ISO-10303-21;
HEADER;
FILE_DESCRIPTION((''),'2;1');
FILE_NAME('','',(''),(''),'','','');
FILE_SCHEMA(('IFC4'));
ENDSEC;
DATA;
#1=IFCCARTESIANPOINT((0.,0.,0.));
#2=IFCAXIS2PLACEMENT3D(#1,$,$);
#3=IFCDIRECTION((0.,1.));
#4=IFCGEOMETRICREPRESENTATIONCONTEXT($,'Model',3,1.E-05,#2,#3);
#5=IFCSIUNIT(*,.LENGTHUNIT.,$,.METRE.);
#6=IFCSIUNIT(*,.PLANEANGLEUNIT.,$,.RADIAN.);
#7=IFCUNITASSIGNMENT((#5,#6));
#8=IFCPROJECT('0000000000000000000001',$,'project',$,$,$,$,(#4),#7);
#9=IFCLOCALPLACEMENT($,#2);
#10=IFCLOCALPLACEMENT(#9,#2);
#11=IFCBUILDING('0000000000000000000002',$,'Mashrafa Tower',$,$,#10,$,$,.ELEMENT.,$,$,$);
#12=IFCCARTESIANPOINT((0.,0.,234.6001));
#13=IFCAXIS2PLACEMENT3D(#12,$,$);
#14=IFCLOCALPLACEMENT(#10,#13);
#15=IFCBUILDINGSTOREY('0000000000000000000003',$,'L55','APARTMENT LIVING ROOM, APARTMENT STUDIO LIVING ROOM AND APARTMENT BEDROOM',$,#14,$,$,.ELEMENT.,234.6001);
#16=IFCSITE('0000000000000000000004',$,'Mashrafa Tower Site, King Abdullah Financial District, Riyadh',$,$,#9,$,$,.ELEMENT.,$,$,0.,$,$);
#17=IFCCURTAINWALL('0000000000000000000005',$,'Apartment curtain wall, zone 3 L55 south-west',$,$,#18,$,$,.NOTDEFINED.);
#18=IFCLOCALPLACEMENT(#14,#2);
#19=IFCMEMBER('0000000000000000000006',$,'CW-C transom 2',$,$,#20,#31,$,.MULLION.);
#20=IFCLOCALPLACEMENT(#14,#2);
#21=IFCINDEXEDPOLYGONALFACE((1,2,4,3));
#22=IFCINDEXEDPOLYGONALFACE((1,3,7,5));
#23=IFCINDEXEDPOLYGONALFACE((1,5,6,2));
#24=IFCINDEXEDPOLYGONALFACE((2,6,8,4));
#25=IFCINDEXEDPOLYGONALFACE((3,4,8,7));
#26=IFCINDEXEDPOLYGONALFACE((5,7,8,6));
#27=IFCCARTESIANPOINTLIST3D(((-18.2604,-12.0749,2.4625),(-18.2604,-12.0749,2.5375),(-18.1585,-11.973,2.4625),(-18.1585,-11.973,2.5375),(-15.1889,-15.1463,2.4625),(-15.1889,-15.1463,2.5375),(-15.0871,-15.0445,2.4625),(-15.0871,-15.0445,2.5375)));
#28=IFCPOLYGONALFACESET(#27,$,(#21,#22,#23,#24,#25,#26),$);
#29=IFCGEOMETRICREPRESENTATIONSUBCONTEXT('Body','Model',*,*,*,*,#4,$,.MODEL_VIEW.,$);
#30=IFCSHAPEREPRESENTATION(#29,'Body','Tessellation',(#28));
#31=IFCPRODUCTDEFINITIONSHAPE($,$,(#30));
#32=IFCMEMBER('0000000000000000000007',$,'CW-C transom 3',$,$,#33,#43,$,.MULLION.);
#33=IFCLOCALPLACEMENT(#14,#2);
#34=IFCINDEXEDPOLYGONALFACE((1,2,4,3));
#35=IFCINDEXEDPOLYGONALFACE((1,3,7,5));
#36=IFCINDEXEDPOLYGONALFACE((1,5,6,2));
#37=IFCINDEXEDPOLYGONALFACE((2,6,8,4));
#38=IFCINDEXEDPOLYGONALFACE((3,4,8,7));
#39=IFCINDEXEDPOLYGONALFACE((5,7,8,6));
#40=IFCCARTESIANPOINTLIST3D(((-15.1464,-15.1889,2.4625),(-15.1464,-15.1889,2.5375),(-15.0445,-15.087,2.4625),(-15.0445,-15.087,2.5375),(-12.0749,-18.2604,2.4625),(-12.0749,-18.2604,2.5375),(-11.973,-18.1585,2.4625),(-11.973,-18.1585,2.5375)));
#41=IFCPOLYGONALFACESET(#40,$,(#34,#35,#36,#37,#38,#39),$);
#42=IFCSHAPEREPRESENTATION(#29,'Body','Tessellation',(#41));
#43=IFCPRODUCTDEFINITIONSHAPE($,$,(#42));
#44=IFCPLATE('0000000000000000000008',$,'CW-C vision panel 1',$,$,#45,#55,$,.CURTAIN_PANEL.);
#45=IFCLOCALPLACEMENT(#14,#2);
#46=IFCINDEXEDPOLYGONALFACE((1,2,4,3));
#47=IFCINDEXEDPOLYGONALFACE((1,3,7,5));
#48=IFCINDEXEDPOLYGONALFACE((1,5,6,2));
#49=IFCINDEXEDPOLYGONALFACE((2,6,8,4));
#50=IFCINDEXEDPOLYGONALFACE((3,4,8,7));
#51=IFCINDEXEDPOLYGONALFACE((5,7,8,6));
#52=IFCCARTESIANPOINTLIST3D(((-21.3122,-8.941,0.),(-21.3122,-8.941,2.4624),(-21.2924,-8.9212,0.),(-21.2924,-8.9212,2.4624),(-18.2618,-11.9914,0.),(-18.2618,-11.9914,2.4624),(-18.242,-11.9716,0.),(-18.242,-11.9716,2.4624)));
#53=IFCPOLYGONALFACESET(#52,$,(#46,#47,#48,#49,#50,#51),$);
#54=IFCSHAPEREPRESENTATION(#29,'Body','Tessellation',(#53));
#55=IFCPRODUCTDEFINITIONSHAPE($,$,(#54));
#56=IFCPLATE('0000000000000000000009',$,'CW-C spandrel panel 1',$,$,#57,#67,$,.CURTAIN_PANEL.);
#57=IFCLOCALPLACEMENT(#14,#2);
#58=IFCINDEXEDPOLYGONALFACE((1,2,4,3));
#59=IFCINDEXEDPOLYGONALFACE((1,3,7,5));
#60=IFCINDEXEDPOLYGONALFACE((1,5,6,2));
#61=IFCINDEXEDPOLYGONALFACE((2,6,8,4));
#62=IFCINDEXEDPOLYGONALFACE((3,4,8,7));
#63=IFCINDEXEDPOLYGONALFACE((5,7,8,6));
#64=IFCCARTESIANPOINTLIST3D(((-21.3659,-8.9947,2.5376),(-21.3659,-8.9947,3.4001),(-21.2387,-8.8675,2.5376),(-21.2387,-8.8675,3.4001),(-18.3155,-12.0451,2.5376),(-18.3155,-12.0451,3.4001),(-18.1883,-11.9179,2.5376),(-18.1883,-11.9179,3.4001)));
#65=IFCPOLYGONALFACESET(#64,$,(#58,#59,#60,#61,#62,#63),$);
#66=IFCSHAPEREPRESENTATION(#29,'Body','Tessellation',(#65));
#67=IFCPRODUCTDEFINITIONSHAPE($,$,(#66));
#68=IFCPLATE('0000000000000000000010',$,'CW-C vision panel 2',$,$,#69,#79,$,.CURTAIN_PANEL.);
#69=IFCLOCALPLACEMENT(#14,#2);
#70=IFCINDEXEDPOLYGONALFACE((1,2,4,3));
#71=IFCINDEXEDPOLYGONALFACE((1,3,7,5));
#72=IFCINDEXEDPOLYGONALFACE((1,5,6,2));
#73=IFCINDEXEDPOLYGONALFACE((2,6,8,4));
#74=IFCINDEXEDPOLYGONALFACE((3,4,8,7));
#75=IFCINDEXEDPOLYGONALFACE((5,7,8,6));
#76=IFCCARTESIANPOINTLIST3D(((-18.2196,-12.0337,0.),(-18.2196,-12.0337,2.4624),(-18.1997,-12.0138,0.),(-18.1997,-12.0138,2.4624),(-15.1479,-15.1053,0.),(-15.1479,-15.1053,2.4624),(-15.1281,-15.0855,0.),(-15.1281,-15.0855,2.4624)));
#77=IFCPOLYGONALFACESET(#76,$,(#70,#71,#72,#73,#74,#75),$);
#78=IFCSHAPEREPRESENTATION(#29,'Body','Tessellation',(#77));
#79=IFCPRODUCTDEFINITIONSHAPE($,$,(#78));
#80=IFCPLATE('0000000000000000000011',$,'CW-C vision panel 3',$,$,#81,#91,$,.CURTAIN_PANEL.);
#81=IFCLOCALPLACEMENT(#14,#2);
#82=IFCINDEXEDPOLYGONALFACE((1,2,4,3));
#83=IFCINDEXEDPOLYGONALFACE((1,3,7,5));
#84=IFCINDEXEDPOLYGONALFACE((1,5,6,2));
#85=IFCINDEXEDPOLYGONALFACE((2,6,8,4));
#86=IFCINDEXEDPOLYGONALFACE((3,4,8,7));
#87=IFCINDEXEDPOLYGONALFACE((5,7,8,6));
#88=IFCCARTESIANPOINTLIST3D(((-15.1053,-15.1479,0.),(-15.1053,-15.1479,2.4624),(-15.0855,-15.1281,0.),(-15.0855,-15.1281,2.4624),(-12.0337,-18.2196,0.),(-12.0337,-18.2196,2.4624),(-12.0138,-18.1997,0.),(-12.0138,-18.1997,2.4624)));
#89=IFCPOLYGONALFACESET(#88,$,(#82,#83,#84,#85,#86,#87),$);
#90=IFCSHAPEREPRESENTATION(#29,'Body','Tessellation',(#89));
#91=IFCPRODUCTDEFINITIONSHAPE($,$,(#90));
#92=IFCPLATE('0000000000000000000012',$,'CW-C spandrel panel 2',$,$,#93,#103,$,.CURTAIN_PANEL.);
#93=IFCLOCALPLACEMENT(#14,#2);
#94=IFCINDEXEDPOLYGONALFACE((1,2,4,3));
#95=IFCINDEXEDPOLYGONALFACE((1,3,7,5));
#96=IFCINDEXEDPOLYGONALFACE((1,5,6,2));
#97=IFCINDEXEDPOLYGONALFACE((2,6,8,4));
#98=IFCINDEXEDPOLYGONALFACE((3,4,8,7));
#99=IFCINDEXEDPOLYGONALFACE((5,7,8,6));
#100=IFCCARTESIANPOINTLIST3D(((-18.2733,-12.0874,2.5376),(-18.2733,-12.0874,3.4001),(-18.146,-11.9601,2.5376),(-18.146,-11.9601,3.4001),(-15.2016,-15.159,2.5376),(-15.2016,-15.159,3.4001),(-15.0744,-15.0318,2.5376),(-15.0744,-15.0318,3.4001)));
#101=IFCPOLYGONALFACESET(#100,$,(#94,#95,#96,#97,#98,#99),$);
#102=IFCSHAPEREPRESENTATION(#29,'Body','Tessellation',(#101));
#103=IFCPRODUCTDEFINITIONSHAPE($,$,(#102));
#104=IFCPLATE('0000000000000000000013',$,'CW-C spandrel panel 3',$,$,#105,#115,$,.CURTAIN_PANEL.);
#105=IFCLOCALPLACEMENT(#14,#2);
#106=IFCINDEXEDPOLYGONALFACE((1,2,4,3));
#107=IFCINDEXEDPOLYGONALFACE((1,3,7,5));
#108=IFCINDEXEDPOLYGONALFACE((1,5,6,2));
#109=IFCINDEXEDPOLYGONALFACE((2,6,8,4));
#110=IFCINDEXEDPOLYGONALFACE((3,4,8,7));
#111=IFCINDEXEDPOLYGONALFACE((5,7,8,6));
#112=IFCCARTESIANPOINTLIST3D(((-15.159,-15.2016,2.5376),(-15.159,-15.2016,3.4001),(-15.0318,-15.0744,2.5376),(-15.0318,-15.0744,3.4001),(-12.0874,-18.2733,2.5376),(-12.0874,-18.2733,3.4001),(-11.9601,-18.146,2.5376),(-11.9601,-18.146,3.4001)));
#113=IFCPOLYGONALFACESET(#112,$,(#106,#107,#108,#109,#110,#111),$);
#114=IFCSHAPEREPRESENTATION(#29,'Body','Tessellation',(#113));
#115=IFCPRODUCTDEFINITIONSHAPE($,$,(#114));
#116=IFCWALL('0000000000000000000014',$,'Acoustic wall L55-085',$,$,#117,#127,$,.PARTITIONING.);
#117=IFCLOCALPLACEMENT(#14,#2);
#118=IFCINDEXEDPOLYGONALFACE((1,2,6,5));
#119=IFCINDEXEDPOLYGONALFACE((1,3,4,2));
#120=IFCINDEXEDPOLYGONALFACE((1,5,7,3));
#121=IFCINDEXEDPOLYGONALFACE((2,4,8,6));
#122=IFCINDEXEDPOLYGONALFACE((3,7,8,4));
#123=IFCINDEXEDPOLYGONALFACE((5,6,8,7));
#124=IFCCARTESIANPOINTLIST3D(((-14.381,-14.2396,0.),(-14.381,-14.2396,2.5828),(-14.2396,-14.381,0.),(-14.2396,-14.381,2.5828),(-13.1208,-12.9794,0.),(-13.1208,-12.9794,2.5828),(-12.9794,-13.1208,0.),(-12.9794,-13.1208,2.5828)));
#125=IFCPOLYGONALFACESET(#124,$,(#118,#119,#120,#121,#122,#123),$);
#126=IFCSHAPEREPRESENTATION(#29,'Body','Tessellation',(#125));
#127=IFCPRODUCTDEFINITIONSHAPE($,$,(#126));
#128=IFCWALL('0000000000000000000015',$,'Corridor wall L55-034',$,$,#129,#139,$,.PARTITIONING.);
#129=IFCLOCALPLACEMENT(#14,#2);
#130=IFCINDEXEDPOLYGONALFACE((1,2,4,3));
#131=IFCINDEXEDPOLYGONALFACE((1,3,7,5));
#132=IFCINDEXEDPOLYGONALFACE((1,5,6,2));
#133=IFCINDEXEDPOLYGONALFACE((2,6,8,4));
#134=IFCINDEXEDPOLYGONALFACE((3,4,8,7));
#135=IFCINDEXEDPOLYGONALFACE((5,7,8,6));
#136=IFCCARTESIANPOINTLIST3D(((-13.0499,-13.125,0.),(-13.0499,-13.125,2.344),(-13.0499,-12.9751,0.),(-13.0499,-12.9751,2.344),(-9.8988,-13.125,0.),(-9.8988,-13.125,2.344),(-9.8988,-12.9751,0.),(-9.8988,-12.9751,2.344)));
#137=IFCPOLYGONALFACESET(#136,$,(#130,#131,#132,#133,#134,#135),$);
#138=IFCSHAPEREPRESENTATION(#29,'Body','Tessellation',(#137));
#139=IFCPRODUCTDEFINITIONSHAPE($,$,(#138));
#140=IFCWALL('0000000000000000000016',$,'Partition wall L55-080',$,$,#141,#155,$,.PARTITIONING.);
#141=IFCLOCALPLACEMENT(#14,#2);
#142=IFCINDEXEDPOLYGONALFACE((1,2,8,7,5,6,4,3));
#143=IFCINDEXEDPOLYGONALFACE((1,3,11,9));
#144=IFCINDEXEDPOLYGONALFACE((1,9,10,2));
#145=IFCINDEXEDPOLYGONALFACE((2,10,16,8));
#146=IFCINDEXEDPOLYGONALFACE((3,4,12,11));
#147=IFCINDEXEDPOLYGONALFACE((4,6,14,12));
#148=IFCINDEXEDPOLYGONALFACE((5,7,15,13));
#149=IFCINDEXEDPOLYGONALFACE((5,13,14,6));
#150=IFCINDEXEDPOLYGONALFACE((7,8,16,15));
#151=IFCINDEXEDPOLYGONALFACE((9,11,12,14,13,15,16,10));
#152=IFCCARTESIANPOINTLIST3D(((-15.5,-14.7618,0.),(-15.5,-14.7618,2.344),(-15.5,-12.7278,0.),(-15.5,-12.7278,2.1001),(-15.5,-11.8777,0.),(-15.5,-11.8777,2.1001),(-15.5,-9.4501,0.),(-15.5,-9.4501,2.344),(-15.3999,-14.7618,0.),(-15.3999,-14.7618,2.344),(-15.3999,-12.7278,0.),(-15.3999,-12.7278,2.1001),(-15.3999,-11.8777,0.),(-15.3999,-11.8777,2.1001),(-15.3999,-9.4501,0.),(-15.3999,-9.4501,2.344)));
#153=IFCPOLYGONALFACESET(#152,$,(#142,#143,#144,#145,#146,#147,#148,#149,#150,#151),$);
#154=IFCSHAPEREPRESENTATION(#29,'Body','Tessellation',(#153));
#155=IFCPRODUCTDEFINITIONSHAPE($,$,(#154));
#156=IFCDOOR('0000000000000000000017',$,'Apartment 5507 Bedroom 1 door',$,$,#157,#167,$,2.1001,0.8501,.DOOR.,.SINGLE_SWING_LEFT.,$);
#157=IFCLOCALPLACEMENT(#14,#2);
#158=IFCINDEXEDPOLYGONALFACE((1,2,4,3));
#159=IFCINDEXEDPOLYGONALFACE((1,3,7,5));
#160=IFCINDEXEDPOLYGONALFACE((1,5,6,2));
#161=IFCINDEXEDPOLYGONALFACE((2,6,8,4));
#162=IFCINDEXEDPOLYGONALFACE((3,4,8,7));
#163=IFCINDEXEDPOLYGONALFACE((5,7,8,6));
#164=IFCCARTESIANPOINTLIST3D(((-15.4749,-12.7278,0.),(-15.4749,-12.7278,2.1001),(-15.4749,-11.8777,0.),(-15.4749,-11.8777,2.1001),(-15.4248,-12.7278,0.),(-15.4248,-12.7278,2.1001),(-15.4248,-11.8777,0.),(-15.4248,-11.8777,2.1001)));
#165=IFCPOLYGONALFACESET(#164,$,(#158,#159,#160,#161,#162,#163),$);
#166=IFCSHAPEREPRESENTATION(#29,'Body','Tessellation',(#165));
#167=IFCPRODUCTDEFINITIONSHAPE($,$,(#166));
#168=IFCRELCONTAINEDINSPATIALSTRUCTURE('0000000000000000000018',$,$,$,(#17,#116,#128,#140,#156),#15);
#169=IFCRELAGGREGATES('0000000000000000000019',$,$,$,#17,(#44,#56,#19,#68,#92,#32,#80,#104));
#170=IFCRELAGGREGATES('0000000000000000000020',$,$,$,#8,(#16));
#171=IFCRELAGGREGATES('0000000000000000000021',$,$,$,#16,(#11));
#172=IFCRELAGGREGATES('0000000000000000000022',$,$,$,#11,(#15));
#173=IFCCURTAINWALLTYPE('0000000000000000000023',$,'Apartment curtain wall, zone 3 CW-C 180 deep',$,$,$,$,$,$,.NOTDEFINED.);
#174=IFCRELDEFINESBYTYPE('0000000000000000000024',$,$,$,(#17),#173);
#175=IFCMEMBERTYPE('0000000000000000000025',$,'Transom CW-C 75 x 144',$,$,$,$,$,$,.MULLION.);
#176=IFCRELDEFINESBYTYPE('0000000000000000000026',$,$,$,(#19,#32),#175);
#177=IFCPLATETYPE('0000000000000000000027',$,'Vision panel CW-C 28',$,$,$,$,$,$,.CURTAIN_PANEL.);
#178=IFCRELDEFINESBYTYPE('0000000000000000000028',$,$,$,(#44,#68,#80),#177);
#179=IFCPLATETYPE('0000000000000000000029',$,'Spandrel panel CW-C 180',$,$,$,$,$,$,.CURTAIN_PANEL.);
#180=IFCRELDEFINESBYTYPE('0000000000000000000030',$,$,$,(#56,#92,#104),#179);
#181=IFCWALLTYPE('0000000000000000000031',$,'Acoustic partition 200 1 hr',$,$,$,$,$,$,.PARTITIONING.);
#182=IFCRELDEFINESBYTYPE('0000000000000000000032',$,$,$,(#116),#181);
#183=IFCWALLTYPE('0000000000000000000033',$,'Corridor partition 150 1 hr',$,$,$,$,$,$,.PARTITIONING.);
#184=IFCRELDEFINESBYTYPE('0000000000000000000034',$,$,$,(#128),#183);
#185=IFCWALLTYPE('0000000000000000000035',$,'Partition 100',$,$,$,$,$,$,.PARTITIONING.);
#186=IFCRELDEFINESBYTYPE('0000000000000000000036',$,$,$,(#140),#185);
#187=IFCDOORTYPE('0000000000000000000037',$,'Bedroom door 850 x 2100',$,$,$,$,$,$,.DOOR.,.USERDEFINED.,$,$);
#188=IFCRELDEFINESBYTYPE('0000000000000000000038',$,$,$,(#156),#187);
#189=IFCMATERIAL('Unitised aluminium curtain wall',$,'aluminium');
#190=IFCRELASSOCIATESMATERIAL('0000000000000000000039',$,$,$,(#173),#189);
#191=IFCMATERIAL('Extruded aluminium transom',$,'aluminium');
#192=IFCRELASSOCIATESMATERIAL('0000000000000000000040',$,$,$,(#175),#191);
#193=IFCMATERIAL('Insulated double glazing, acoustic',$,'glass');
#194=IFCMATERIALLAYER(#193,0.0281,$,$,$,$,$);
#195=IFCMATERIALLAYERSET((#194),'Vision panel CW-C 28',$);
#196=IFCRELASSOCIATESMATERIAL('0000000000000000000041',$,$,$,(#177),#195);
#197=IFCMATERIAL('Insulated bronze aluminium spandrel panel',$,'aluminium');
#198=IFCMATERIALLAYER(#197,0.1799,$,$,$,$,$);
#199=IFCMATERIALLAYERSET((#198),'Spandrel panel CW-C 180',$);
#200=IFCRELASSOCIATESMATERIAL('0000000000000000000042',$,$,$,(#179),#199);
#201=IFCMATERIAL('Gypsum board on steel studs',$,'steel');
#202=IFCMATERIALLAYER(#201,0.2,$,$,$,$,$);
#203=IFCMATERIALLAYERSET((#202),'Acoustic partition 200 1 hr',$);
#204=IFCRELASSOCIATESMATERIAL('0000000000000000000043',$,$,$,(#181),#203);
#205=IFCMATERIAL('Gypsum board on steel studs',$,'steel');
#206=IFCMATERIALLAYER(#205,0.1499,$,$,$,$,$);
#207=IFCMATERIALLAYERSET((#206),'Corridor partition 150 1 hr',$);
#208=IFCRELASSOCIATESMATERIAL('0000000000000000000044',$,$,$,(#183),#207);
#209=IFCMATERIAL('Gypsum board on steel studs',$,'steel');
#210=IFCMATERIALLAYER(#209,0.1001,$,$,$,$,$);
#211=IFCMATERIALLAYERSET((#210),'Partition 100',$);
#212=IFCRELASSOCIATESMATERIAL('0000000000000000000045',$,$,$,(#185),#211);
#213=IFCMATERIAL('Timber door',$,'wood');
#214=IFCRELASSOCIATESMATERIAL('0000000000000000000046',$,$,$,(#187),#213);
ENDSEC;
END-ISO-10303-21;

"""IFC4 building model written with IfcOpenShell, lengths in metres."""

from ifc_helpers import new_model, si_unit, direction, frame, frame_2d, origin, origin_2d, place, context, subcontext, project, spatial, rectangle, extrude, source, transform, mapped, material, layer, layer_set, material_profile, profile_set, type_object, type_shapes, element, fill, aggregate, save


model = new_model("IFC4")

# Units and contexts
model_context = context("Model", 3, precision=1e-05, world=origin(), true_north=direction((0.0, 1.0)))
body_context = subcontext(model_context, "Body", "Model", "MODEL_VIEW")
ifc_project = project(units=[si_unit("LENGTHUNIT", "METRE"), si_unit("PLANEANGLEUNIT", "RADIAN")], contexts=[model_context])

# Site, building, storey
site_placement = place(None, origin())
site = spatial("IfcSite", under=ifc_project, at=site_placement, Name="Mashrafa Tower Site, King Abdullah Financial District, Riyadh", CompositionType="ELEMENT", RefElevation=0.0)
building_placement = place(site_placement, origin())
building = spatial("IfcBuilding", under=site, at=building_placement, Name="Mashrafa Tower", CompositionType="ELEMENT")
storey_placement = place(building_placement, frame((0.0, 0.0, 234.6001)))
storey = spatial("IfcBuildingStorey", under=building, at=storey_placement, Name="L55", Description="APARTMENT LIVING ROOM, APARTMENT STUDIO LIVING ROOM AND APARTMENT BEDROOM", CompositionType="ELEMENT", Elevation=234.6001)

# Shared definitions
ifc_material_1 = material(Name="Unitised aluminium curtain wall", Category="aluminium")
curtain_wall_type = type_object("IfcCurtainWallType", Name="Apartment curtain wall, zone 3 CW-C 180 deep", PredefinedType="NOTDEFINED", material=ifc_material_1)

# Curtain wall, members, plates
curtain_wall_1_placement = place(storey_placement, origin())
curtain_wall_1 = element("IfcCurtainWall", 1, at=curtain_wall_1_placement, inside=storey, type_object=curtain_wall_type, Name="Apartment curtain wall, zone 3 L55 south-west", PredefinedType="NOTDEFINED")
ifc_material_2 = material(Name="Extruded aluminium transom", Category="aluminium")
ifc_material_profile_1 = material_profile(ifc_material_2, rectangle(XDim=0.144, YDim=0.075, at=origin_2d()), Name="Transom 75x144")
ifc_profile_set_1 = profile_set([ifc_material_profile_1], Name="Extruded aluminium transom")
member_type_1 = type_object("IfcMemberType", Name="Transom CW-C 75 x 144", PredefinedType="MULLION", material=ifc_profile_set_1)
shared_shape_1 = source(origin(), body_context, "Body", "SweptSolid", [
    extrude(rectangle(XDim=0.144, YDim=0.075, at=origin_2d()), origin(), (0.0, 0.0, 1.0), 4.3438),
])
member_1_placement = place(storey_placement, frame((-18.2095, -12.0239, 2.5), z_axis=(0.707107, -0.707107, 0.0), x_axis=(0.707107, 0.707107, 0.0)))
member_1 = element("IfcMember", 2, at=member_1_placement, type_object=member_type_1, Name="CW-C transom 2", PredefinedType="MULLION", context=body_context, shape_type="MappedRepresentation", body=[
    mapped(shared_shape_1, transform((0.0, 0.0, 0.0))),
])
member_2_placement = place(storey_placement, frame((-15.0955, -15.1379, 2.5), z_axis=(0.707107, -0.707107, 0.0), x_axis=(0.707107, 0.707107, 0.0)))
member_2 = element("IfcMember", 3, at=member_2_placement, type_object=member_type_1, Name="CW-C transom 3", PredefinedType="MULLION", context=body_context, shape_type="MappedRepresentation", body=[
    mapped(shared_shape_1, transform((0.0, 0.0, 0.0))),
])
ifc_material_3 = material(Name="Insulated double glazing, acoustic", Category="glass")
ifc_layer_1 = layer(ifc_material_3, 0.0281)
ifc_layer_set_1 = layer_set([ifc_layer_1], Name="Vision panel CW-C 28")
plate_type_1 = type_object("IfcPlateType", Name="Vision panel CW-C 28", PredefinedType="CURTAIN_PANEL", material=ifc_layer_set_1)
shared_shape_2 = source(origin(), body_context, "Body", "SweptSolid", [
    extrude(rectangle(XDim=4.314, YDim=0.0281, at=origin_2d()), origin(), (0.0, 0.0, 1.0), 2.4624),
])
plate_1_placement = place(storey_placement, frame((-19.7771, -10.4563, 0.0), z_axis=(0.0, 0.0, 1.0), x_axis=(0.707107, -0.707107, 0.0)))
plate_1 = element("IfcPlate", 4, at=plate_1_placement, type_object=plate_type_1, Name="CW-C vision panel 1", PredefinedType="CURTAIN_PANEL", context=body_context, shape_type="MappedRepresentation", body=[
    mapped(shared_shape_2, transform((0.0, 0.0, 0.0))),
])
ifc_material_4 = material(Name="Insulated bronze aluminium spandrel panel", Category="aluminium")
ifc_layer_2 = layer(ifc_material_4, 0.1799)
ifc_layer_set_2 = layer_set([ifc_layer_2], Name="Spandrel panel CW-C 180")
plate_type_2 = type_object("IfcPlateType", Name="Spandrel panel CW-C 180", PredefinedType="CURTAIN_PANEL", material=ifc_layer_set_2)
shared_shape_3 = source(origin(), body_context, "Body", "SweptSolid", [
    extrude(rectangle(XDim=4.314, YDim=0.1799, at=origin_2d()), origin(), (0.0, 0.0, 1.0), 0.8625),
])
plate_2_placement = place(storey_placement, frame((-19.7771, -10.4563, 2.5376), z_axis=(0.0, 0.0, 1.0), x_axis=(0.707107, -0.707107, 0.0)))
plate_2 = element("IfcPlate", 5, at=plate_2_placement, type_object=plate_type_2, Name="CW-C spandrel panel 1", PredefinedType="CURTAIN_PANEL", context=body_context, shape_type="MappedRepresentation", body=[
    mapped(shared_shape_3, transform((0.0, 0.0, 0.0))),
])
shared_shape_4 = source(origin(), body_context, "Body", "SweptSolid", [
    extrude(rectangle(XDim=4.344, YDim=0.0281, at=origin_2d()), origin(), (0.0, 0.0, 1.0), 2.4624),
])
type_shapes(plate_type_1, [shared_shape_2, shared_shape_4])
plate_3_placement = place(storey_placement, frame((-16.6738, -13.5596, 0.0), z_axis=(0.0, 0.0, 1.0), x_axis=(0.707107, -0.707107, 0.0)))
plate_3 = element("IfcPlate", 6, at=plate_3_placement, type_object=plate_type_1, Name="CW-C vision panel 2", PredefinedType="CURTAIN_PANEL", context=body_context, shape_type="MappedRepresentation", body=[
    mapped(shared_shape_4, transform((0.0, 0.0, 0.0))),
])
plate_4_placement = place(storey_placement, frame((-13.5596, -16.6738, 0.0), z_axis=(0.0, 0.0, 1.0), x_axis=(0.707107, -0.707107, 0.0)))
plate_4 = element("IfcPlate", 7, at=plate_4_placement, type_object=plate_type_1, Name="CW-C vision panel 3", PredefinedType="CURTAIN_PANEL", context=body_context, shape_type="MappedRepresentation", body=[
    mapped(shared_shape_4, transform((0.0, 0.0, 0.0))),
])
shared_shape_5 = source(origin(), body_context, "Body", "SweptSolid", [
    extrude(rectangle(XDim=4.344, YDim=0.1799, at=origin_2d()), origin(), (0.0, 0.0, 1.0), 0.8625),
])
type_shapes(plate_type_2, [shared_shape_3, shared_shape_5])
plate_5_placement = place(storey_placement, frame((-16.6738, -13.5596, 2.5376), z_axis=(0.0, 0.0, 1.0), x_axis=(0.707107, -0.707107, 0.0)))
plate_5 = element("IfcPlate", 8, at=plate_5_placement, type_object=plate_type_2, Name="CW-C spandrel panel 2", PredefinedType="CURTAIN_PANEL", context=body_context, shape_type="MappedRepresentation", body=[
    mapped(shared_shape_5, transform((0.0, 0.0, 0.0))),
])
plate_6_placement = place(storey_placement, frame((-13.5596, -16.6738, 2.5376), z_axis=(0.0, 0.0, 1.0), x_axis=(0.707107, -0.707107, 0.0)))
plate_6 = element("IfcPlate", 9, at=plate_6_placement, type_object=plate_type_2, Name="CW-C spandrel panel 3", PredefinedType="CURTAIN_PANEL", context=body_context, shape_type="MappedRepresentation", body=[
    mapped(shared_shape_5, transform((0.0, 0.0, 0.0))),
])
aggregate(curtain_wall_1, [plate_1, plate_2, member_1, plate_3, plate_5, member_2, plate_4, plate_6])

# Walls
ifc_material_5 = material(Name="Gypsum board on steel studs", Category="steel")
ifc_layer_3 = layer(ifc_material_5, 0.2)
ifc_layer_set_3 = layer_set([ifc_layer_3], Name="Acoustic partition 200 1 hr")
wall_type_1 = type_object("IfcWallType", Name="Acoustic partition 200 1 hr", PredefinedType="PARTITIONING", material=ifc_layer_set_3)
wall_1_placement = place(storey_placement, frame((-14.3103, -14.3103, 0.0), z_axis=(0.0, 0.0, 1.0), x_axis=(0.707107, 0.707107, 0.0)))
element("IfcWall", 10, at=wall_1_placement, inside=storey, type_object=wall_type_1, Name="Acoustic wall L55-085", PredefinedType="PARTITIONING", context=body_context, shape_type="SweptSolid", body=[
    extrude(rectangle(XDim=1.7822, YDim=0.2, at=frame_2d((0.8911, 0.0))), origin(), (0.0, 0.0, 1.0), 2.5828),
])
ifc_material_6 = material(Name="Gypsum board on steel studs", Category="steel")
ifc_layer_4 = layer(ifc_material_6, 0.1499)
ifc_layer_set_4 = layer_set([ifc_layer_4], Name="Corridor partition 150 1 hr")
wall_type_2 = type_object("IfcWallType", Name="Corridor partition 150 1 hr", PredefinedType="PARTITIONING", material=ifc_layer_set_4)
wall_2_placement = place(storey_placement, frame((-13.05, -13.05, 0.0), z_axis=(0.0, 0.0, 1.0), x_axis=(1.0, 0.0, 0.0)))
element("IfcWall", 11, at=wall_2_placement, inside=storey, type_object=wall_type_2, Name="Corridor wall L55-034", PredefinedType="PARTITIONING", context=body_context, shape_type="SweptSolid", body=[
    extrude(rectangle(XDim=3.1511, YDim=0.1499, at=frame_2d((1.5757, 0.0))), origin(), (0.0, 0.0, 1.0), 2.344),
])

# Wall, opening, door
ifc_material_7 = material(Name="Gypsum board on steel studs", Category="steel")
ifc_layer_5 = layer(ifc_material_7, 0.1001)
ifc_layer_set_5 = layer_set([ifc_layer_5], Name="Partition 100")
wall_type_3 = type_object("IfcWallType", Name="Partition 100", PredefinedType="PARTITIONING", material=ifc_layer_set_5)
wall_3_placement = place(storey_placement, frame((-15.45, -14.7617, 0.0), z_axis=(0.0, 0.0, 1.0), x_axis=(0.0, 1.0, 0.0)))
wall_3 = element("IfcWall", 12, at=wall_3_placement, inside=storey, type_object=wall_type_3, Name="Partition wall L55-080", PredefinedType="PARTITIONING", context=body_context, shape_type="SweptSolid", body=[
    extrude(rectangle(XDim=5.3118, YDim=0.1001, at=frame_2d((2.6558, 0.0))), origin(), (0.0, 0.0, 1.0), 2.344),
])
opening_placement = place(wall_3_placement, frame((2.0339, 0.0, 0.0)))
opening = element("IfcOpeningElement", 13, at=opening_placement, cuts=wall_3, PredefinedType="OPENING", context=body_context, shape_type="SweptSolid", body=[
    extrude(rectangle(XDim=0.8501, YDim=2.1001, at=frame_2d((0.425, 1.05))), frame((0.0, 0.0601, 0.0), z_axis=(0.0, -1.0, 0.0), x_axis=(1.0, 0.0, 0.0)), (0.0, 0.0, 1.0), 0.1201),
])
ifc_material_8 = material(Name="Timber door", Category="wood")
door_type = type_object("IfcDoorType", Name="Bedroom door 850 x 2100", OperationType="USERDEFINED", PredefinedType="DOOR", material=ifc_material_8)
door_placement = place(opening_placement, origin())
door = element("IfcDoor", 14, at=door_placement, inside=storey, type_object=door_type, Name="Apartment 5507 Bedroom 1 door", OperationType="SINGLE_SWING_LEFT", OverallHeight=2.1001, OverallWidth=0.8501, PredefinedType="DOOR", context=body_context, shape_type="SweptSolid", body=[
    extrude(rectangle(XDim=0.8501, YDim=2.1001, at=frame_2d((0.425, 1.05))), frame((0.0, 0.0249, 0.0), z_axis=(0.0, -1.0, 0.0), x_axis=(1.0, 0.0, 0.0)), (0.0, 0.0, 1.0), 0.05),
])
fill(opening, door)

save(model, "model.ifc")
